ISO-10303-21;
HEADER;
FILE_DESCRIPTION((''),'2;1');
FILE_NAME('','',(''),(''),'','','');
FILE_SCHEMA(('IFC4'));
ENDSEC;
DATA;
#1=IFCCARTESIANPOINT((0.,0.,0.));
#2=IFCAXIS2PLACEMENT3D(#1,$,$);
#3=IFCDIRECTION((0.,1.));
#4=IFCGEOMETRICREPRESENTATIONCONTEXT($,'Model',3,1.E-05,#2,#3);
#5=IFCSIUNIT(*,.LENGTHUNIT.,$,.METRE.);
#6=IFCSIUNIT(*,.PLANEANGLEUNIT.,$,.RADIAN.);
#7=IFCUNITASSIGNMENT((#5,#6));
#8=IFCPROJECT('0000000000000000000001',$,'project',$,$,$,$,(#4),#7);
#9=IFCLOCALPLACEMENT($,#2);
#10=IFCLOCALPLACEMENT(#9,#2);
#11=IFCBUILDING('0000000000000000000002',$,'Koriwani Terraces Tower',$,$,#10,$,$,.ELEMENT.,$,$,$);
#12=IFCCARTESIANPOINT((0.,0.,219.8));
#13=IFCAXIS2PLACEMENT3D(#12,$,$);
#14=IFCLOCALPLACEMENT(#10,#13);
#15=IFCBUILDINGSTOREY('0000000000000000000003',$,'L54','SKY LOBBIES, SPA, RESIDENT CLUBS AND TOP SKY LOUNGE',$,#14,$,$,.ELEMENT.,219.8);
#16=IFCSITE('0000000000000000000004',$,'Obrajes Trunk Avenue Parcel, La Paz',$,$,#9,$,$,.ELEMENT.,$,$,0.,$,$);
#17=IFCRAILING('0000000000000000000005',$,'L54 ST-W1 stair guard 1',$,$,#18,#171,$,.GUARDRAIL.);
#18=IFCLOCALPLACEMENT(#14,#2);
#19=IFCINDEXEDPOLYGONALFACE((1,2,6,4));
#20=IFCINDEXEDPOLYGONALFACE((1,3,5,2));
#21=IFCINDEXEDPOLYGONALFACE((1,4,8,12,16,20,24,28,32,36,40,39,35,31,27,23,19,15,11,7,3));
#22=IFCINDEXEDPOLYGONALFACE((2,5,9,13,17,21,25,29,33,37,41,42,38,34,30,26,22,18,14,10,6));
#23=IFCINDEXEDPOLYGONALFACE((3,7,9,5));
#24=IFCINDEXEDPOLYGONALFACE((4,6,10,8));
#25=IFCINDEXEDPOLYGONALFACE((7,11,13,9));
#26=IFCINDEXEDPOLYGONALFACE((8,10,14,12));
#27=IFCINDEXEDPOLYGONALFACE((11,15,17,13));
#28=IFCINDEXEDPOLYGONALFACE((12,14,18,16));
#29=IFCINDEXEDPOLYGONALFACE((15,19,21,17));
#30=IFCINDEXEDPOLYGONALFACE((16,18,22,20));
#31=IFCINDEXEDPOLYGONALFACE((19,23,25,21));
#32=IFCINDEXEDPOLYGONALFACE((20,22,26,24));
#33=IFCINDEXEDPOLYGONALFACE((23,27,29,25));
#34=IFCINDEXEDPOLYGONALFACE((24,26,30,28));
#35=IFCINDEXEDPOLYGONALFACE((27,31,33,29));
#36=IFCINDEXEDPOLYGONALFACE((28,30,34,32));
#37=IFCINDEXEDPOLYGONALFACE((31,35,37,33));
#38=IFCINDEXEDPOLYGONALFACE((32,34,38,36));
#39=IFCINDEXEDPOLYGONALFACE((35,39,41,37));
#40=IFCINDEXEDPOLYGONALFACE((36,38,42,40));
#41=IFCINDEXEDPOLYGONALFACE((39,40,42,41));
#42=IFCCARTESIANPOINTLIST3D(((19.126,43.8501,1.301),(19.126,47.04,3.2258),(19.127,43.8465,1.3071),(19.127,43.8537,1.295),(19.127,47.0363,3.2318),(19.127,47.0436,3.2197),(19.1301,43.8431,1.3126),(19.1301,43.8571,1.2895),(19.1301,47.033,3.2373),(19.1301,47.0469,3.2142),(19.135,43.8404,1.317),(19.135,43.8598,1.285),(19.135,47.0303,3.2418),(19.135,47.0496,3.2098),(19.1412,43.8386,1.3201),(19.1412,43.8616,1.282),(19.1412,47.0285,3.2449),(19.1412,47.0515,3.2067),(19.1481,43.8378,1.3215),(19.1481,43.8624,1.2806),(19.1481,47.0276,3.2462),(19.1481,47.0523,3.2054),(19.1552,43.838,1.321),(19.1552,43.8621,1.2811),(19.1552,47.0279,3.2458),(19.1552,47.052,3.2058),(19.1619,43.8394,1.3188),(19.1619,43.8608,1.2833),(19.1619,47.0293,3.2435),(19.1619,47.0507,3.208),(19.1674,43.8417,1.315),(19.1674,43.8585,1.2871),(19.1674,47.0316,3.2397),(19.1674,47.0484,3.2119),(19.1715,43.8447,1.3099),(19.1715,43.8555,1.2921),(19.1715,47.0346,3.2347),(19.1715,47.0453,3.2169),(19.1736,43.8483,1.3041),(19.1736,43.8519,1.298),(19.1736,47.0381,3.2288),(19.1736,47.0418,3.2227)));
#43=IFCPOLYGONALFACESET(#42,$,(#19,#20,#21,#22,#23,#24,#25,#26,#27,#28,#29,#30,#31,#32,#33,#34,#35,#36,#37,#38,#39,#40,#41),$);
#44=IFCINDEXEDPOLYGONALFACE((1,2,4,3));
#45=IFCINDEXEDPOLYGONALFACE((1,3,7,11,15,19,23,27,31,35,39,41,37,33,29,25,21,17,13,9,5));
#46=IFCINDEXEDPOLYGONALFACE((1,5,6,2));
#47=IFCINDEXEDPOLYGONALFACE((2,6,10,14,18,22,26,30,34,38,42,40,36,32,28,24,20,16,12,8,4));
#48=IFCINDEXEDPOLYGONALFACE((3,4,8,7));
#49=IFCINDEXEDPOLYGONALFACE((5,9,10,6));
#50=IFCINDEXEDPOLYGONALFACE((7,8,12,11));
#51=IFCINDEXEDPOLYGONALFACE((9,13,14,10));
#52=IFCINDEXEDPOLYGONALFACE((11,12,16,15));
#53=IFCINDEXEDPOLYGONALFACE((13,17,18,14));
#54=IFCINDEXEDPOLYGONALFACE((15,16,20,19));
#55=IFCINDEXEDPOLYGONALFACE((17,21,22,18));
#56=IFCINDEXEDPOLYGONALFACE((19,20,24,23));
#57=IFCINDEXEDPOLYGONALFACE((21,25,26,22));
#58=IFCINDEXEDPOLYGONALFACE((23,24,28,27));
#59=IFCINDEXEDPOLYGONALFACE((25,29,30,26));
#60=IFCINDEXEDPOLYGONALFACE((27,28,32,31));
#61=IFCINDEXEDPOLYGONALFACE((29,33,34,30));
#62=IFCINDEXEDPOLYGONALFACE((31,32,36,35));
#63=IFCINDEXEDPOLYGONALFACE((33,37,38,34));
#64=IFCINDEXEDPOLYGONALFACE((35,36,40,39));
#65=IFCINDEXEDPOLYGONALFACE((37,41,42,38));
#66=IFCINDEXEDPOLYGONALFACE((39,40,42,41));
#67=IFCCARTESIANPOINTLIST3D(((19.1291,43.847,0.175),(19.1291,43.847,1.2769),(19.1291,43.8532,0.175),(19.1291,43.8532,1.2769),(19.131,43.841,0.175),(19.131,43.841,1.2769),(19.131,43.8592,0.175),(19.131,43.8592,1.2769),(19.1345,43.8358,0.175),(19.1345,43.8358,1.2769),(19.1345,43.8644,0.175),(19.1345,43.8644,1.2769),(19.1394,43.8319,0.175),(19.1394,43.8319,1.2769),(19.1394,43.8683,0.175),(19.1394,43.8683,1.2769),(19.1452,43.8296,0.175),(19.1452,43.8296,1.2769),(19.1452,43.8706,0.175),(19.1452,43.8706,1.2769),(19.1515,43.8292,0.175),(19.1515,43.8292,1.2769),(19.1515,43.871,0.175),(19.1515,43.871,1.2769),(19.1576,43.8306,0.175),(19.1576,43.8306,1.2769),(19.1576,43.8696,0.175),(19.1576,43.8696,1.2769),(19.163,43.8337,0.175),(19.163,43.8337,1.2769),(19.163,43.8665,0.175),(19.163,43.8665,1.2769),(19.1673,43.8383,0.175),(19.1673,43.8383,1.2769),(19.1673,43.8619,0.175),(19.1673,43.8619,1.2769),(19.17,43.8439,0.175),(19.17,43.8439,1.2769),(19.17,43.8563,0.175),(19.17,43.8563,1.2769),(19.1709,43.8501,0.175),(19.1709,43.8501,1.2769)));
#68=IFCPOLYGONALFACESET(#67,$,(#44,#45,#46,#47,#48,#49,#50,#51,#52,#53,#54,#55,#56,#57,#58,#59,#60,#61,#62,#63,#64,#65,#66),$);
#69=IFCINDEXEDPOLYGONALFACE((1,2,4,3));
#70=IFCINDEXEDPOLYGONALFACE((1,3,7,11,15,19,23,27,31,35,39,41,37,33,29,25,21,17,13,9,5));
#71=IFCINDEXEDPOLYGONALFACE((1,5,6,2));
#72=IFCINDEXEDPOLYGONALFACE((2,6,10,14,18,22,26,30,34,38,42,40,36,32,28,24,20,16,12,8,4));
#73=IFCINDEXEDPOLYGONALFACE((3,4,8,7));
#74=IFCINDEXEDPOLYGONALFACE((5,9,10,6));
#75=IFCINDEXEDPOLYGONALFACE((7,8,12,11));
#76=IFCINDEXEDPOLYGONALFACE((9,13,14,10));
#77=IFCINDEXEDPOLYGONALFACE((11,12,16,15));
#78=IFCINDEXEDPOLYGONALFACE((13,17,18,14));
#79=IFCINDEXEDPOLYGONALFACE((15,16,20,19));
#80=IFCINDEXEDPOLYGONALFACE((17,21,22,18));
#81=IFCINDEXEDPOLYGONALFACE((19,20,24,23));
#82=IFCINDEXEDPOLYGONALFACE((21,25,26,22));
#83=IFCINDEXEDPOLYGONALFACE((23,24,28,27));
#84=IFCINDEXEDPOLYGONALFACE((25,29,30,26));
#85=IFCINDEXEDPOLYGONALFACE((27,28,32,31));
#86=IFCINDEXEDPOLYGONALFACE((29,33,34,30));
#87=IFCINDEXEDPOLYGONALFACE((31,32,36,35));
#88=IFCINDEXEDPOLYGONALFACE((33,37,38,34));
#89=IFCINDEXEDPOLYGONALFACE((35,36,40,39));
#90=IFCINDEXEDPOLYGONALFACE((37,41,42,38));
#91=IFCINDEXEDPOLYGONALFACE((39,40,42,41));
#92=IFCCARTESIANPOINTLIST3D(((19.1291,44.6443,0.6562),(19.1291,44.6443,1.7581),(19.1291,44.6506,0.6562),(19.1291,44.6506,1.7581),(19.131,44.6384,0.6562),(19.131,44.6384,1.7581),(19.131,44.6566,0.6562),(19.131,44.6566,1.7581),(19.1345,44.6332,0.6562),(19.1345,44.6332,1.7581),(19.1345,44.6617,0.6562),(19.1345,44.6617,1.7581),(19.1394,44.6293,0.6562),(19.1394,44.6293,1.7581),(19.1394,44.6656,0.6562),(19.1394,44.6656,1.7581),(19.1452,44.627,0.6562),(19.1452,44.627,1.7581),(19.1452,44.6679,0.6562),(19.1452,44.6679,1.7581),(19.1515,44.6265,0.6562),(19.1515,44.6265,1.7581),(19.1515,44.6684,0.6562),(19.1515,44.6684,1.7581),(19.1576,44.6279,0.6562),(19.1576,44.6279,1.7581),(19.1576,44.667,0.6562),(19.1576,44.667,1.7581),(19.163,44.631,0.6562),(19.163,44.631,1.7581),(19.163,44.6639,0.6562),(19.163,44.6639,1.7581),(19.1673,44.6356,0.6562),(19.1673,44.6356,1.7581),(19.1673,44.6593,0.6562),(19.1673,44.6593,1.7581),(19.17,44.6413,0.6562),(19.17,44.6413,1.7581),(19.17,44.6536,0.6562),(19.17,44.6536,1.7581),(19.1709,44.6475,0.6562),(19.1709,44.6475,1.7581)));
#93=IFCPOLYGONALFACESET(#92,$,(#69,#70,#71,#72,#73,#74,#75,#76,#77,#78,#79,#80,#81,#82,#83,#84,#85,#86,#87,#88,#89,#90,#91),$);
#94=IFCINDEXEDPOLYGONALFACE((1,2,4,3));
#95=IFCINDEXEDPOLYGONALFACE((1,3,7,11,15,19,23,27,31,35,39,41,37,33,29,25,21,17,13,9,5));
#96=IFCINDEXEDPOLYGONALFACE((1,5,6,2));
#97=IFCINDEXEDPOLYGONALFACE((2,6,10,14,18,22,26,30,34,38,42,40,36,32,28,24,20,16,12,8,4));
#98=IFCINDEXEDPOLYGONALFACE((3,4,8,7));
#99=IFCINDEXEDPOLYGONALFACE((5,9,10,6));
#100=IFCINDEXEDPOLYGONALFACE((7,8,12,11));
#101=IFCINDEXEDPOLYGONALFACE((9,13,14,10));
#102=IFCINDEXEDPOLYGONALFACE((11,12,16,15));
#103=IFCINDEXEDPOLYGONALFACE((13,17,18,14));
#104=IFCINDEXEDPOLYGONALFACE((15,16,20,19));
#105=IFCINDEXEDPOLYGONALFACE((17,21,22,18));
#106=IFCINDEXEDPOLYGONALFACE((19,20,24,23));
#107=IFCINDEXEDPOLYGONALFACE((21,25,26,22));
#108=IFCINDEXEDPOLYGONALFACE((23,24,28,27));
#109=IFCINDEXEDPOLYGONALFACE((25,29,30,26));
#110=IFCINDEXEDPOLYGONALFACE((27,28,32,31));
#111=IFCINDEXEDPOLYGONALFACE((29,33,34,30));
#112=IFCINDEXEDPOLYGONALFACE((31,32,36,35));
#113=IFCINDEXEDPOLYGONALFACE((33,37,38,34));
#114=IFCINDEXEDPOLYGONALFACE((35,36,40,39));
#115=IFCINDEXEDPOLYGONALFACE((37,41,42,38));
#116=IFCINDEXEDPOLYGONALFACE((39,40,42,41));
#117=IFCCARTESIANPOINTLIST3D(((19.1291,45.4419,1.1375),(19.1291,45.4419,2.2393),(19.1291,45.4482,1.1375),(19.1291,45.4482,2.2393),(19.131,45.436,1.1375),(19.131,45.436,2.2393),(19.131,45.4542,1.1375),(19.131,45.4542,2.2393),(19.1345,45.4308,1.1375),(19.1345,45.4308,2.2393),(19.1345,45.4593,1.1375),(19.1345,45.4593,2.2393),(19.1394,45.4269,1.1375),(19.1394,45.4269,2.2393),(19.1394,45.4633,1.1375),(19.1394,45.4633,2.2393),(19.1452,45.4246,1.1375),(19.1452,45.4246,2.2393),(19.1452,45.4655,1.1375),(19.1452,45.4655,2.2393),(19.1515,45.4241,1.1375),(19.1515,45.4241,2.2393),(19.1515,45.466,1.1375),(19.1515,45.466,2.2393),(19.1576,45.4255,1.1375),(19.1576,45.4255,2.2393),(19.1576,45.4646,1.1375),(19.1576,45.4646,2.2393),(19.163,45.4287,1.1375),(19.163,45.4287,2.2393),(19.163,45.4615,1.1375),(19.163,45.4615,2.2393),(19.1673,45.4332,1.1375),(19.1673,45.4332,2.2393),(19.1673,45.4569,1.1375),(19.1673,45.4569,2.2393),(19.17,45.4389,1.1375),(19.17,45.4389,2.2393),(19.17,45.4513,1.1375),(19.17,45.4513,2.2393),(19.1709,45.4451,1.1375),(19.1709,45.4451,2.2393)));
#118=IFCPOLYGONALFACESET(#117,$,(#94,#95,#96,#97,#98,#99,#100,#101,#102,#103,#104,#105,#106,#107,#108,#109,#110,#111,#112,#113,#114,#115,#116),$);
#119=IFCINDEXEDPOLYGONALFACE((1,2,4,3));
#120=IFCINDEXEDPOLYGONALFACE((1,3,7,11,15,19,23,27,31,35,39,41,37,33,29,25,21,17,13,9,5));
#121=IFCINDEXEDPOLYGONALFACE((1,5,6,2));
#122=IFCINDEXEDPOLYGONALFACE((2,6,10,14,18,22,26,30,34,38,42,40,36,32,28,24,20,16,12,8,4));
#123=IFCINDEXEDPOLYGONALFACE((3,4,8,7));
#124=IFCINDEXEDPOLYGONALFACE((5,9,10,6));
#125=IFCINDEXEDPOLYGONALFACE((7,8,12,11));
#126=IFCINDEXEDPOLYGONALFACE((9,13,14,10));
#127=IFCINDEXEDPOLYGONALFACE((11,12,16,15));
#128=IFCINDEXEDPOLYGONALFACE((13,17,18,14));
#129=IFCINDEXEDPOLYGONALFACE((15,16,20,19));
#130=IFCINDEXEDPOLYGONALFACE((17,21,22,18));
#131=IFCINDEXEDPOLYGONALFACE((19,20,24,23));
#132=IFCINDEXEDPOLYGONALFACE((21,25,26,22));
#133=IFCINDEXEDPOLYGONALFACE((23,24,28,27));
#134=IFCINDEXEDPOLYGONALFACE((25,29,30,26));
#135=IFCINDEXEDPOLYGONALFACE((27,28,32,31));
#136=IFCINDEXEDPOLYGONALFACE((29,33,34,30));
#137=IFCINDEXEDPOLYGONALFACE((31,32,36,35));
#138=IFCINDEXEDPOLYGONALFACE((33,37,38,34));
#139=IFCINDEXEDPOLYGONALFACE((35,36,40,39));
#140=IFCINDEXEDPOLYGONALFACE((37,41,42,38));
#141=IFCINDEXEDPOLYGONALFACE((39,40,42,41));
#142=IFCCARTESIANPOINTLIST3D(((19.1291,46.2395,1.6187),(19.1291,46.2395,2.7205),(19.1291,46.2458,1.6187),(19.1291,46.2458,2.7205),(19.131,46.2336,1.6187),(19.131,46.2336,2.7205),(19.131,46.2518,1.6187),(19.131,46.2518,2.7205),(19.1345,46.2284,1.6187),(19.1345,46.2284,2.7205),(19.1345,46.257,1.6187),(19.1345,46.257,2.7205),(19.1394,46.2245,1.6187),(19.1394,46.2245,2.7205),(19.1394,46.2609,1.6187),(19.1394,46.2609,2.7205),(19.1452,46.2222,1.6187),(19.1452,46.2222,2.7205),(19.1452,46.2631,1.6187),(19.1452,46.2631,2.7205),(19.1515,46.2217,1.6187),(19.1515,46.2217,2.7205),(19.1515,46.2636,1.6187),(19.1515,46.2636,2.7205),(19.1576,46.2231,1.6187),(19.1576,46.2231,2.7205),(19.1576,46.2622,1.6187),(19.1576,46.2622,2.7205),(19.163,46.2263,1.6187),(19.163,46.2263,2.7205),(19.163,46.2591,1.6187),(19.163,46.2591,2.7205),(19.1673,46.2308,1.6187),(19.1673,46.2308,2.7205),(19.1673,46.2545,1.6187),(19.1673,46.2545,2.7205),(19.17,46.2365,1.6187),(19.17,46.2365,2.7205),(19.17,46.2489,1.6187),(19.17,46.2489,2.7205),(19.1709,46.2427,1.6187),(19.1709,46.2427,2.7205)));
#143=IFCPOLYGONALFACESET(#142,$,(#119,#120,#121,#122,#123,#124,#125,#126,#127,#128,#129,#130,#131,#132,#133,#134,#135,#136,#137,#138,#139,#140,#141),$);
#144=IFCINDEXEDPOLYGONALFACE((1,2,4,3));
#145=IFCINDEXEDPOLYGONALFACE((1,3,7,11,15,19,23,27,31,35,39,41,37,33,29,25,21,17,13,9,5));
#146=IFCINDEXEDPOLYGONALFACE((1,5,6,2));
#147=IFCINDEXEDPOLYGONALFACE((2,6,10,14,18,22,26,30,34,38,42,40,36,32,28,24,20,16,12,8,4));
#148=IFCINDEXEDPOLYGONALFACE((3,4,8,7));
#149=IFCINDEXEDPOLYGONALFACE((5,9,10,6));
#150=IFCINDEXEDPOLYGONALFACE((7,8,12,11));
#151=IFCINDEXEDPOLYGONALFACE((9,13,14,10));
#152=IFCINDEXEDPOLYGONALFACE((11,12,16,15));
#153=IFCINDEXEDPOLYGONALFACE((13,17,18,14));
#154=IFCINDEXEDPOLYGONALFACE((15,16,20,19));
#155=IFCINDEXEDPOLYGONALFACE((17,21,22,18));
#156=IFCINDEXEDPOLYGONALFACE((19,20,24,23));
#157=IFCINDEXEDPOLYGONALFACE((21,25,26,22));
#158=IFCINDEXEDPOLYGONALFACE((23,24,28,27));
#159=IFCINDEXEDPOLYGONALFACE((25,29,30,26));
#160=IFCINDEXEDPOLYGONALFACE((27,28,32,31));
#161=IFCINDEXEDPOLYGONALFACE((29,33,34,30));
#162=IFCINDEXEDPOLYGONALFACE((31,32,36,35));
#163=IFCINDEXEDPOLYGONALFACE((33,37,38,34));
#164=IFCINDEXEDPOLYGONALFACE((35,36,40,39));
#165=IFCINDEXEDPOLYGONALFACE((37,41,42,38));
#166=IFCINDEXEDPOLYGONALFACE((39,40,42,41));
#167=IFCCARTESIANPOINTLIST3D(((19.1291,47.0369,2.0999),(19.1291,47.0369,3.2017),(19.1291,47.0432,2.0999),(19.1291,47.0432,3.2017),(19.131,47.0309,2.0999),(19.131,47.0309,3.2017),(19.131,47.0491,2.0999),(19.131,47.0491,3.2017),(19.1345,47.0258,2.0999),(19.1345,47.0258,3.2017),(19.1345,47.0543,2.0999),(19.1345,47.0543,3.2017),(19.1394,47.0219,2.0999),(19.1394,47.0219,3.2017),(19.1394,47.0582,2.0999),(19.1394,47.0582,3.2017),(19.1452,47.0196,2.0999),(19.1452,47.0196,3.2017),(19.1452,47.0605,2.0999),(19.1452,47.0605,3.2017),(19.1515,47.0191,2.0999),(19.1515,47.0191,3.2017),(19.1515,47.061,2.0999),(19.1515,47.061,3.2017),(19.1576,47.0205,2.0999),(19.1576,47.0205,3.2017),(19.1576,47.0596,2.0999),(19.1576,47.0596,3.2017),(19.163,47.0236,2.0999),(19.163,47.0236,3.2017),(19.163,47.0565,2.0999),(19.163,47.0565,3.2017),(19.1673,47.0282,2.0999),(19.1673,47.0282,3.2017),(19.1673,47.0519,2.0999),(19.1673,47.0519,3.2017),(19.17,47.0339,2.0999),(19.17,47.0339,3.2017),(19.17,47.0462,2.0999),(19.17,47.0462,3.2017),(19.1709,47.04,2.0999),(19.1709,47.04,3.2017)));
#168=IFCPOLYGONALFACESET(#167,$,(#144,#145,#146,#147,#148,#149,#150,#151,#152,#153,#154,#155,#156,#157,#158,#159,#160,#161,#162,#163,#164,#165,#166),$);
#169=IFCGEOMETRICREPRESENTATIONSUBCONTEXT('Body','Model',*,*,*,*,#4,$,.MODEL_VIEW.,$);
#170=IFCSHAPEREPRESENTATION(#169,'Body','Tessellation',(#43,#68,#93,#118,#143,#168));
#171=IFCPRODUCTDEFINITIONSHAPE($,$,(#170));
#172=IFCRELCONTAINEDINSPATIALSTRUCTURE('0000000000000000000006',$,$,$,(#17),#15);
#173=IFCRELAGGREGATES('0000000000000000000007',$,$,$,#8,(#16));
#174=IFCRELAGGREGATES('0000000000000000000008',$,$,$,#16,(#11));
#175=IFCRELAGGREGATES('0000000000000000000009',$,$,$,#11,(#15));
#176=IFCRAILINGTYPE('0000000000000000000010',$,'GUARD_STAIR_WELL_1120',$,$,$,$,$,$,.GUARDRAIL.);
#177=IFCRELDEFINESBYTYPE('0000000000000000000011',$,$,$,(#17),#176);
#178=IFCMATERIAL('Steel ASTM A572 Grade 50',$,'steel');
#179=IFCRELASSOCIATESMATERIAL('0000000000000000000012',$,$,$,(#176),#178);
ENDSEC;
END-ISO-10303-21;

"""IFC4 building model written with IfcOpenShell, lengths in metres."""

from ifc_helpers import new_model, si_unit, direction, frame, origin, origin_2d, place, context, subcontext, project, spatial, circle, extrude, material, type_object, element, save


model = new_model("IFC4")

# Units and contexts
model_context = context("Model", 3, precision=1e-05, world=origin(), true_north=direction((0.0, 1.0)))
body_context = subcontext(model_context, "Body", "Model", "MODEL_VIEW")
ifc_project = project(units=[si_unit("LENGTHUNIT", "METRE"), si_unit("PLANEANGLEUNIT", "RADIAN")], contexts=[model_context])

# Site, building, storey
site_placement = place(None, origin())
site = spatial("IfcSite", under=ifc_project, at=site_placement, Name="Obrajes Trunk Avenue Parcel, La Paz", CompositionType="ELEMENT", RefElevation=0.0)
building_placement = place(site_placement, origin())
building = spatial("IfcBuilding", under=site, at=building_placement, Name="Koriwani Terraces Tower", CompositionType="ELEMENT")
storey_placement = place(building_placement, frame((0.0, 0.0, 219.8)))
storey = spatial("IfcBuildingStorey", under=building, at=storey_placement, Name="L54", Description="SKY LOBBIES, SPA, RESIDENT CLUBS AND TOP SKY LOUNGE", CompositionType="ELEMENT", Elevation=219.8)

# Shared definitions
ifc_material_1 = material(Name="Steel ASTM A572 Grade 50", Category="steel")

# Railing
railing_type_1 = type_object("IfcRailingType", Name="GUARD_STAIR_WELL_1120", PredefinedType="GUARDRAIL", material=ifc_material_1)
railing_1_placement = place(storey_placement, frame((19.1499, 43.8501, 0.175)))
element("IfcRailing", 1, at=railing_1_placement, inside=storey, type_object=railing_type_1, Name="L54 ST-W1 stair guard 1", PredefinedType="GUARDRAIL", context=body_context, shape_type="SweptSolid", body=[
    extrude(circle(Radius=0.0239, at=origin_2d()), frame((0.0, 0.0, 1.126), z_axis=(0.0, 0.856207, 0.516633), x_axis=(-1.0, 0.0, 0.0)), (0.0, 0.0, 1.0), 3.7256),
    extrude(circle(Radius=0.021, at=origin_2d()), origin(), (0.0, 0.0, 1.0), 1.1018),
    extrude(circle(Radius=0.021, at=origin_2d()), frame((0.0, 0.7974, 0.4812)), (0.0, 0.0, 1.0), 1.1018),
    extrude(circle(Radius=0.021, at=origin_2d()), frame((0.0, 1.595, 0.9624)), (0.0, 0.0, 1.0), 1.1018),
    extrude(circle(Radius=0.021, at=origin_2d()), frame((0.0, 2.3926, 1.4436)), (0.0, 0.0, 1.0), 1.1018),
    extrude(circle(Radius=0.021, at=origin_2d()), frame((0.0, 3.1899, 1.9248)), (0.0, 0.0, 1.0), 1.1018),
])

save(model, "model.ifc")
